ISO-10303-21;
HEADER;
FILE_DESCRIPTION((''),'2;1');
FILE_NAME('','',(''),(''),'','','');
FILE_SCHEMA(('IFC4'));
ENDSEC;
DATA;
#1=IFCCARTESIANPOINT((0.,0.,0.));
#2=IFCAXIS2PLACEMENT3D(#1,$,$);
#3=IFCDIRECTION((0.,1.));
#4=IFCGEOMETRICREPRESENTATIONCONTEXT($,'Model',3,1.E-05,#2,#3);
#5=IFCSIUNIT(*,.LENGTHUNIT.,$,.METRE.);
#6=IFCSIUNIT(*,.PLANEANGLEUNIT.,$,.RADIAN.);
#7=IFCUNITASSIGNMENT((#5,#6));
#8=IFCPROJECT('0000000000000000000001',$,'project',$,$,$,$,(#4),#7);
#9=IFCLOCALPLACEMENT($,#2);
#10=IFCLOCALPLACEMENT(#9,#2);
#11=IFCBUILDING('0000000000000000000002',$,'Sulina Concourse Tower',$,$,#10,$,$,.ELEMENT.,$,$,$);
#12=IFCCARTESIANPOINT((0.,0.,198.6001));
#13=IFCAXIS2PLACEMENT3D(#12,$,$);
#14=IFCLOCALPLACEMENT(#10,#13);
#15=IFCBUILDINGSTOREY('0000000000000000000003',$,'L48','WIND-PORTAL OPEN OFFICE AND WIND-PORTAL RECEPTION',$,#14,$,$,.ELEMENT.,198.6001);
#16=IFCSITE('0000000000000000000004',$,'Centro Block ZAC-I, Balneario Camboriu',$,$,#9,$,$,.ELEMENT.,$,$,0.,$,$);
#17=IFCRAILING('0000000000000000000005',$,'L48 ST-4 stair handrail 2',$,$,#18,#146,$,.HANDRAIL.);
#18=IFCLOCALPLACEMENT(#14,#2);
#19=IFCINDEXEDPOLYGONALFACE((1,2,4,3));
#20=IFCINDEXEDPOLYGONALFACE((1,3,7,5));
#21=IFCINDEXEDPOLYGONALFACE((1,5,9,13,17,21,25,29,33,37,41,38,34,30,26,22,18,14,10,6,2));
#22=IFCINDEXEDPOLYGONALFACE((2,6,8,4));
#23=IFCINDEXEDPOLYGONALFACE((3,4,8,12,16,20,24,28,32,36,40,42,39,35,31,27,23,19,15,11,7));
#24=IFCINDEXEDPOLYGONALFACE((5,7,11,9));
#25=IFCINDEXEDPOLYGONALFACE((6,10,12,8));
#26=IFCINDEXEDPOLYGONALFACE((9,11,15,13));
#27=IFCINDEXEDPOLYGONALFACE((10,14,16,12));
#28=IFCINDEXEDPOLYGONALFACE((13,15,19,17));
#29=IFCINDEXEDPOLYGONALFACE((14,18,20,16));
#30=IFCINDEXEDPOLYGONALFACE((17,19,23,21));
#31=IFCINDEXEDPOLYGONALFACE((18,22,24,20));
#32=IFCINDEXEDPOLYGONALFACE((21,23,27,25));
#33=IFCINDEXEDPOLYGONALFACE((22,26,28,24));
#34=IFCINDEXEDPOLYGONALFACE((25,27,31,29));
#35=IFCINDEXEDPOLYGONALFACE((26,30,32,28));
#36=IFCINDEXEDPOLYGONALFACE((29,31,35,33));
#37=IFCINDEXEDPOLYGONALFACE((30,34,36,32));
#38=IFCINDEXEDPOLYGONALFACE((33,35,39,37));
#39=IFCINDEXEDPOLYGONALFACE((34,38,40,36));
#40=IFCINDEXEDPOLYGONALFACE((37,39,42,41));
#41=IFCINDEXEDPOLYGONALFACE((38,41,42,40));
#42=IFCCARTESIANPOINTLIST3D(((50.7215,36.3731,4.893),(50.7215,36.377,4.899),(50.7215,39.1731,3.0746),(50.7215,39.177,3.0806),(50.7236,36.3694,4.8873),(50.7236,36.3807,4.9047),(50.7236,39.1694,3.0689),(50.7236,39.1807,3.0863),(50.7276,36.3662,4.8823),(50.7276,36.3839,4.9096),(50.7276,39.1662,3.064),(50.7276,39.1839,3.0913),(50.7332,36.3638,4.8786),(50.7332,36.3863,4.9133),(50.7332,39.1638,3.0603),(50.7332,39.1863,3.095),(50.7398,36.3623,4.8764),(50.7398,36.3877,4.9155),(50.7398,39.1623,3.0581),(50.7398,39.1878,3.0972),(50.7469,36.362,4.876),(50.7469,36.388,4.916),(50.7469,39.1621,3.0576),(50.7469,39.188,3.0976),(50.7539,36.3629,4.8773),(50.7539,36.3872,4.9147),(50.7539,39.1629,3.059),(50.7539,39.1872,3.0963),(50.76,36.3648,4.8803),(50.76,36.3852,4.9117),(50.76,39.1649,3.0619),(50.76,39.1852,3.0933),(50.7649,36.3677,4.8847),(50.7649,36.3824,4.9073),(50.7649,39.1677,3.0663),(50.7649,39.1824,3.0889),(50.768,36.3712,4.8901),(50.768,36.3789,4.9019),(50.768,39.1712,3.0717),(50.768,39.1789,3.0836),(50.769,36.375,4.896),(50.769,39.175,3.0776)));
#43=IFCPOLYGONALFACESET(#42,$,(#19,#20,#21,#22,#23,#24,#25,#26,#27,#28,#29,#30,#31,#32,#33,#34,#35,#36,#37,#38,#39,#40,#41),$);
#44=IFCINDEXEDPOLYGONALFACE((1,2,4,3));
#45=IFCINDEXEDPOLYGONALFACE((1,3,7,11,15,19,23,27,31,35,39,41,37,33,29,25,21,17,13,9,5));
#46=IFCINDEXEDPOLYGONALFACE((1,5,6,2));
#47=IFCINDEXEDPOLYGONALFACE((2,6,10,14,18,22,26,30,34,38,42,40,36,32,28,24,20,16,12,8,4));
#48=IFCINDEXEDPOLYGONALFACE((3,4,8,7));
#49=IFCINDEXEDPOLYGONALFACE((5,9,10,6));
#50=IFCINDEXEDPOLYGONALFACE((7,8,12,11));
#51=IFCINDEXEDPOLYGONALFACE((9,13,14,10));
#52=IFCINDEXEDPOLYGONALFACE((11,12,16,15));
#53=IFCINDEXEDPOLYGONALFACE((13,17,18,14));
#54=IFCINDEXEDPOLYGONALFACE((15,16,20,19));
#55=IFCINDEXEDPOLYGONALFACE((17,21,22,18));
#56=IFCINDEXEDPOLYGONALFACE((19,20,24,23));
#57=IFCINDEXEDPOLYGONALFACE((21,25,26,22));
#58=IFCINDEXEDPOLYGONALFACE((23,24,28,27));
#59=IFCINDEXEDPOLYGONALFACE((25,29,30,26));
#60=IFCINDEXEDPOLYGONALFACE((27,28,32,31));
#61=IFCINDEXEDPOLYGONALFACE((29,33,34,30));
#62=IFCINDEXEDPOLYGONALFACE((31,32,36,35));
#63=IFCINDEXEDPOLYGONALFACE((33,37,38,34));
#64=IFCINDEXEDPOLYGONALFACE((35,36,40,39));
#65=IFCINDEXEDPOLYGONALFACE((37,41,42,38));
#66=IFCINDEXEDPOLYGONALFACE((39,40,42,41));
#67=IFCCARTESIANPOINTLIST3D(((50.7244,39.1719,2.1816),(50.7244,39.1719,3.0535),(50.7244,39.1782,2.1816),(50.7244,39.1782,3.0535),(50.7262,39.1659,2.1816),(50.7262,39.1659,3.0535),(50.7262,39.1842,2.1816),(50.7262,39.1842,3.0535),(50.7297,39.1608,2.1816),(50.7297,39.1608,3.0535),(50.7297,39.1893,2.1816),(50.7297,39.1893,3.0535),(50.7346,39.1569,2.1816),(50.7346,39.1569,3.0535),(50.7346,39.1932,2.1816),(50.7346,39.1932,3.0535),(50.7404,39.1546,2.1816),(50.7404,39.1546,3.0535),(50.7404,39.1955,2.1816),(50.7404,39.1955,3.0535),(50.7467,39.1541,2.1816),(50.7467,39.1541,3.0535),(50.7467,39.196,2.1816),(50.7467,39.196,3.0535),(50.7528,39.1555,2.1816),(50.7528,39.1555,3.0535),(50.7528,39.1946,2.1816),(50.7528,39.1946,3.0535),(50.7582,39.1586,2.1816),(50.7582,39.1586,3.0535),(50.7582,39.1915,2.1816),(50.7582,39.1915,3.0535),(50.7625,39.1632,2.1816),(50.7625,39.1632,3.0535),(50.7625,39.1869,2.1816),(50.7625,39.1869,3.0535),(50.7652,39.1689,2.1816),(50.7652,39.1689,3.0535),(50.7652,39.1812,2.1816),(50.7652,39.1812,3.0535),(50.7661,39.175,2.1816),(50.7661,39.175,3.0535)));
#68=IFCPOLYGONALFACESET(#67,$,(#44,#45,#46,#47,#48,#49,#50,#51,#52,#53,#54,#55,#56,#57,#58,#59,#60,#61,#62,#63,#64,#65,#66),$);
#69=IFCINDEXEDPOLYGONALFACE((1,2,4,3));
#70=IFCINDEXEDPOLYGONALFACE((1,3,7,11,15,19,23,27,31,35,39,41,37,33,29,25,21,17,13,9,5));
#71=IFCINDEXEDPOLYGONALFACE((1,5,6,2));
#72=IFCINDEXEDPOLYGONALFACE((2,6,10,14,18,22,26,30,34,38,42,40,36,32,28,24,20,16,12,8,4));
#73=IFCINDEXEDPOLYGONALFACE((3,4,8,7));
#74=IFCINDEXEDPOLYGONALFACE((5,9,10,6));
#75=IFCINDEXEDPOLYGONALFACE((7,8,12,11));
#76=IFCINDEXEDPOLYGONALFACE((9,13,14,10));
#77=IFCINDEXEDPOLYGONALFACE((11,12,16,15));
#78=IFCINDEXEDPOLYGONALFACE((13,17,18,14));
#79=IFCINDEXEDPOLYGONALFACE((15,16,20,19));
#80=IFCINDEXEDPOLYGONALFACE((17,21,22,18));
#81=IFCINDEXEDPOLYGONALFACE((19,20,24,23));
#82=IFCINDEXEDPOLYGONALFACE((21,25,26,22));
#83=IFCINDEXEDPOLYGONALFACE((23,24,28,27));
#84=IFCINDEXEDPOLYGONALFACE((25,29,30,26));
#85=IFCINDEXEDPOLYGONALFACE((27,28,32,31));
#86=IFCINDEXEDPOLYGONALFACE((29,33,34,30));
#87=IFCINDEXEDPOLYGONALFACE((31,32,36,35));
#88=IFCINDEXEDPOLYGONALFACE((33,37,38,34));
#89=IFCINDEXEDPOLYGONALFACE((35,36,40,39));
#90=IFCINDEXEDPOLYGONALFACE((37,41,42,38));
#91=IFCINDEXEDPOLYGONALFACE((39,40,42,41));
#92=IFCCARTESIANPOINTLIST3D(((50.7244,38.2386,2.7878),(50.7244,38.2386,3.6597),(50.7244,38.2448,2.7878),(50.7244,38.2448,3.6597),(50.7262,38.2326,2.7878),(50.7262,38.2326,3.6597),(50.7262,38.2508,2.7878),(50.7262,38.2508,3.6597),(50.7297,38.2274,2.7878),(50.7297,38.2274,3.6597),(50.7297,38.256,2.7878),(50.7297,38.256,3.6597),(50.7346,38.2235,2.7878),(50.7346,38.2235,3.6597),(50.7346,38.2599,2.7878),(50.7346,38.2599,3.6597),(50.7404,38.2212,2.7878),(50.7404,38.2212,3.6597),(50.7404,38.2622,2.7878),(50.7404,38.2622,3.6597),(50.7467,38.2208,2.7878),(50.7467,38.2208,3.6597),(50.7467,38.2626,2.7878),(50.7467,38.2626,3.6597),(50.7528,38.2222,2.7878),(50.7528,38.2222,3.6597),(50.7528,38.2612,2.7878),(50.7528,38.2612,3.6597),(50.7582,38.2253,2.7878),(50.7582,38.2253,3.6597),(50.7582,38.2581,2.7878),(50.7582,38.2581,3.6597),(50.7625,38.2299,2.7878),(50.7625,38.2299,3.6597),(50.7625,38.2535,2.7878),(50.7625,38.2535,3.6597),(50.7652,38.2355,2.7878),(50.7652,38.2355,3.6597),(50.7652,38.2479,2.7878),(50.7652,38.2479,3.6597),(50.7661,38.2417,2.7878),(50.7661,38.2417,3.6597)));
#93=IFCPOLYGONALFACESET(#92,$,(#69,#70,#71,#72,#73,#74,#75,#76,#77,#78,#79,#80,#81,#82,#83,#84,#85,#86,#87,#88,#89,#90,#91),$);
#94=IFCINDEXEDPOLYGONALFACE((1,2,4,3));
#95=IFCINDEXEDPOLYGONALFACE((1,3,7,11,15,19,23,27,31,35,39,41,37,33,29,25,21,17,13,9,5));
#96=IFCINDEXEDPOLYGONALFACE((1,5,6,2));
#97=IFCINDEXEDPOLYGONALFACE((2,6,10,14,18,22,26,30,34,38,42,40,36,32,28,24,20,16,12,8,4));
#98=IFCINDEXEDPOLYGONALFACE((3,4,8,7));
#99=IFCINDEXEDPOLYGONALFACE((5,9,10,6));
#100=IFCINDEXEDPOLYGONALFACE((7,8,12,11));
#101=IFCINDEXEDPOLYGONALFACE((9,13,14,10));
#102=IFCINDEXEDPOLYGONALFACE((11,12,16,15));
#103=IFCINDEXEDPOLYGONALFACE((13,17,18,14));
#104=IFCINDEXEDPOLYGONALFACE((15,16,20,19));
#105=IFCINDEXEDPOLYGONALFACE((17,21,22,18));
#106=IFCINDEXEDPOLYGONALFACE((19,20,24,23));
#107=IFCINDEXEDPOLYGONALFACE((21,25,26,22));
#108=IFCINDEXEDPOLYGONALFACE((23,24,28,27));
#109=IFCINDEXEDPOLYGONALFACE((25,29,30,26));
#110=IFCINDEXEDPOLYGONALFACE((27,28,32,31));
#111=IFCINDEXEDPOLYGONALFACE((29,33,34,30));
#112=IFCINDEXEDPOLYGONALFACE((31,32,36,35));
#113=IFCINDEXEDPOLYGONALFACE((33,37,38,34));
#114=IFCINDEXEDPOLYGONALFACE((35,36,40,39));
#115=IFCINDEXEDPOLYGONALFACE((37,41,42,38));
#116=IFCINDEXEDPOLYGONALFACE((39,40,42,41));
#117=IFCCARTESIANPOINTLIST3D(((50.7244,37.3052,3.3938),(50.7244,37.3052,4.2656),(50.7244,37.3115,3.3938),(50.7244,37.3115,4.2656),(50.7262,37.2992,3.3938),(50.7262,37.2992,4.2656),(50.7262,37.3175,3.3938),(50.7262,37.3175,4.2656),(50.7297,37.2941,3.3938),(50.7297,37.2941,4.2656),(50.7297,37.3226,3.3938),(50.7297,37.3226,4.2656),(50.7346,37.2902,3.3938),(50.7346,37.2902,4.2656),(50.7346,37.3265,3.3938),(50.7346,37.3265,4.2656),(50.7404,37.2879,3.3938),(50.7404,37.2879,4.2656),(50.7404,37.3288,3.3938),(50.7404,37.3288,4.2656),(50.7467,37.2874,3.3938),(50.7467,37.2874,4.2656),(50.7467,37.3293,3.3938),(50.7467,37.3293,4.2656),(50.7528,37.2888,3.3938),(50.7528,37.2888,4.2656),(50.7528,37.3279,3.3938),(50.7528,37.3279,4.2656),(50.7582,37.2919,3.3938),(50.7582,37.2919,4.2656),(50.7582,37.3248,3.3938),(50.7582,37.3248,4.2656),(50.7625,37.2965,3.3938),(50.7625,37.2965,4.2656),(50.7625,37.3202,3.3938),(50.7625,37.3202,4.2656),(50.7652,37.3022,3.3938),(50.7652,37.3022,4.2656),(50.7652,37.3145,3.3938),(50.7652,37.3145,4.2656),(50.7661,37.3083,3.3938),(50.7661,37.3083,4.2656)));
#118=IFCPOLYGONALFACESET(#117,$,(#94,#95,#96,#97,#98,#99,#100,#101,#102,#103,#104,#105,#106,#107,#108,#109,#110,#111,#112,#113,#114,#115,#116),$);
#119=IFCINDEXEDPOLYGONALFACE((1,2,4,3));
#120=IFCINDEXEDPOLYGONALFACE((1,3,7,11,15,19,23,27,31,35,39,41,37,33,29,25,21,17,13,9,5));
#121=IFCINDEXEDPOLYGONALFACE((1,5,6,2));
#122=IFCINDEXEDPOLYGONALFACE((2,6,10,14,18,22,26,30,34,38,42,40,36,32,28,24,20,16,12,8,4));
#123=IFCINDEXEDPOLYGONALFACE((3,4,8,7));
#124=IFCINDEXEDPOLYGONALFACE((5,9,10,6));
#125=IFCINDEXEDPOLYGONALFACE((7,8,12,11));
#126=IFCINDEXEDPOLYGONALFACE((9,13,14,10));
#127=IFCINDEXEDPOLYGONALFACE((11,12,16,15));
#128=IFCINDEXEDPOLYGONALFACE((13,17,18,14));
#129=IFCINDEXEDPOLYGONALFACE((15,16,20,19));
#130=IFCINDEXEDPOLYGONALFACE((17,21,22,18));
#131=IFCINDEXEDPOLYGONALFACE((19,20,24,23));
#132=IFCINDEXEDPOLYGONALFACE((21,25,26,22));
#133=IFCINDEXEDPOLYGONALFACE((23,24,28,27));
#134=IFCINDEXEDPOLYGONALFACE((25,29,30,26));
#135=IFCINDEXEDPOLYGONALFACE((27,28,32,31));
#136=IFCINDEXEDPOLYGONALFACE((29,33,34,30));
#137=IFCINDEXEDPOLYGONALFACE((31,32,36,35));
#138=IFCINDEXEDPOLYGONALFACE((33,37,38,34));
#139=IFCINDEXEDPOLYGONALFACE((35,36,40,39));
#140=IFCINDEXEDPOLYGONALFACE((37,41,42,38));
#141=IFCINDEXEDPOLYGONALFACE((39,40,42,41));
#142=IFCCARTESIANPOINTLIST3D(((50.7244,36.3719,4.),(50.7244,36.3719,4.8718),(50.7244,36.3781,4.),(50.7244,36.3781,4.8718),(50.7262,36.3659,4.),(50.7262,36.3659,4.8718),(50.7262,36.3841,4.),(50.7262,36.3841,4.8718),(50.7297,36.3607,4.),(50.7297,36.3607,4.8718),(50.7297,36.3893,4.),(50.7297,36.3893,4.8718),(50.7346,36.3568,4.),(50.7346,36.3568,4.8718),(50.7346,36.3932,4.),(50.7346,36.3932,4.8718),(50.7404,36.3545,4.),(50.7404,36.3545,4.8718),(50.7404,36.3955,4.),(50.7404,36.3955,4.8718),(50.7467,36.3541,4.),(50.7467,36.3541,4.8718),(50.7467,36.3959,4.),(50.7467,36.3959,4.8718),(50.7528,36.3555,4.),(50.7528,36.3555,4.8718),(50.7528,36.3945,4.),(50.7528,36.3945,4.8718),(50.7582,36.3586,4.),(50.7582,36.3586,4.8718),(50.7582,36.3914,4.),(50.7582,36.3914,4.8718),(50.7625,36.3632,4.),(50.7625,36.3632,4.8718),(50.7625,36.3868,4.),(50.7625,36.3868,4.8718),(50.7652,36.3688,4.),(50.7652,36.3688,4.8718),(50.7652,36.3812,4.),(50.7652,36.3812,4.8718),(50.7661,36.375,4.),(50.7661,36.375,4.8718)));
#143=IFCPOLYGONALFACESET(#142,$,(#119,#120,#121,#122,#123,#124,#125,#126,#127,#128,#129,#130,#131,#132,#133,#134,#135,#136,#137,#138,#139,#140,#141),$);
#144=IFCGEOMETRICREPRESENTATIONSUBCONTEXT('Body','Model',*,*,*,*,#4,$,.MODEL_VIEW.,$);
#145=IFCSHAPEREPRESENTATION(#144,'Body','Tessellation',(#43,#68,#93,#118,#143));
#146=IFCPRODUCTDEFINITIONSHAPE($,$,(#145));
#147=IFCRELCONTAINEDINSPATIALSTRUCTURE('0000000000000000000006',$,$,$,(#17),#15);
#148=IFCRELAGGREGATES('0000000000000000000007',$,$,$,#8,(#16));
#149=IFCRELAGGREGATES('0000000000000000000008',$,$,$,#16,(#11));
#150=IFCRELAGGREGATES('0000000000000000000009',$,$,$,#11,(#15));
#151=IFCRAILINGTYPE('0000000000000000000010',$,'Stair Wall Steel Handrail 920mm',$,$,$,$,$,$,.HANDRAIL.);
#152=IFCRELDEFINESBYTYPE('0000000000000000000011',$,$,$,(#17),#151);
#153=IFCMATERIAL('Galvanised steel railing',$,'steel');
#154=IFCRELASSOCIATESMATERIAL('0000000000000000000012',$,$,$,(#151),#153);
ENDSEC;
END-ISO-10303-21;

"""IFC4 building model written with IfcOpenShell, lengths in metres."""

from ifc_helpers import new_model, si_unit, direction, frame, origin, origin_2d, place, context, subcontext, project, spatial, circle, extrude, material, type_object, element, save


model = new_model("IFC4")

# Units and contexts
model_context = context("Model", 3, precision=1e-05, world=origin(), true_north=direction((0.0, 1.0)))
body_context = subcontext(model_context, "Body", "Model", "MODEL_VIEW")
ifc_project = project(units=[si_unit("LENGTHUNIT", "METRE"), si_unit("PLANEANGLEUNIT", "RADIAN")], contexts=[model_context])

# Site, building, storey
site_placement = place(None, origin())
site = spatial("IfcSite", under=ifc_project, at=site_placement, Name="Centro Block ZAC-I, Balneario Camboriu", CompositionType="ELEMENT", RefElevation=0.0)
building_placement = place(site_placement, origin())
building = spatial("IfcBuilding", under=site, at=building_placement, Name="Sulina Concourse Tower", CompositionType="ELEMENT")
storey_placement = place(building_placement, frame((0.0, 0.0, 198.6001)))
storey = spatial("IfcBuildingStorey", under=building, at=storey_placement, Name="L48", Description="WIND-PORTAL OPEN OFFICE AND WIND-PORTAL RECEPTION", CompositionType="ELEMENT", Elevation=198.6001)

# Railing
ifc_material_1 = material(Name="Galvanised steel railing", Category="steel")
railing_type_1 = type_object("IfcRailingType", Name="Stair Wall Steel Handrail 920mm", PredefinedType="HANDRAIL", material=ifc_material_1)
railing_1_placement = place(storey_placement, frame((50.7451, 39.175, 2.1816)))
element("IfcRailing", 1, at=railing_1_placement, inside=storey, type_object=railing_type_1, Name="L48 ST-4 stair handrail 2", PredefinedType="HANDRAIL", context=body_context, shape_type="SweptSolid", body=[
    extrude(circle(Radius=0.0239, at=origin_2d()), frame((0.0, 0.0, 0.896), z_axis=(0.0, -0.838672, 0.544636), x_axis=(1.0, 0.0, 0.0)), (0.0, 0.0, 1.0), 3.3386),
    extrude(circle(Radius=0.021, at=origin_2d()), origin(), (0.0, 0.0, 1.0), 0.8718),
    extrude(circle(Radius=0.021, at=origin_2d()), frame((0.0, -0.9333, 0.6062)), (0.0, 0.0, 1.0), 0.8718),
    extrude(circle(Radius=0.021, at=origin_2d()), frame((0.0, -1.8667, 1.2122)), (0.0, 0.0, 1.0), 0.8718),
    extrude(circle(Radius=0.021, at=origin_2d()), frame((0.0, -2.8, 1.8184)), (0.0, 0.0, 1.0), 0.8718),
])

save(model, "model.ifc")
